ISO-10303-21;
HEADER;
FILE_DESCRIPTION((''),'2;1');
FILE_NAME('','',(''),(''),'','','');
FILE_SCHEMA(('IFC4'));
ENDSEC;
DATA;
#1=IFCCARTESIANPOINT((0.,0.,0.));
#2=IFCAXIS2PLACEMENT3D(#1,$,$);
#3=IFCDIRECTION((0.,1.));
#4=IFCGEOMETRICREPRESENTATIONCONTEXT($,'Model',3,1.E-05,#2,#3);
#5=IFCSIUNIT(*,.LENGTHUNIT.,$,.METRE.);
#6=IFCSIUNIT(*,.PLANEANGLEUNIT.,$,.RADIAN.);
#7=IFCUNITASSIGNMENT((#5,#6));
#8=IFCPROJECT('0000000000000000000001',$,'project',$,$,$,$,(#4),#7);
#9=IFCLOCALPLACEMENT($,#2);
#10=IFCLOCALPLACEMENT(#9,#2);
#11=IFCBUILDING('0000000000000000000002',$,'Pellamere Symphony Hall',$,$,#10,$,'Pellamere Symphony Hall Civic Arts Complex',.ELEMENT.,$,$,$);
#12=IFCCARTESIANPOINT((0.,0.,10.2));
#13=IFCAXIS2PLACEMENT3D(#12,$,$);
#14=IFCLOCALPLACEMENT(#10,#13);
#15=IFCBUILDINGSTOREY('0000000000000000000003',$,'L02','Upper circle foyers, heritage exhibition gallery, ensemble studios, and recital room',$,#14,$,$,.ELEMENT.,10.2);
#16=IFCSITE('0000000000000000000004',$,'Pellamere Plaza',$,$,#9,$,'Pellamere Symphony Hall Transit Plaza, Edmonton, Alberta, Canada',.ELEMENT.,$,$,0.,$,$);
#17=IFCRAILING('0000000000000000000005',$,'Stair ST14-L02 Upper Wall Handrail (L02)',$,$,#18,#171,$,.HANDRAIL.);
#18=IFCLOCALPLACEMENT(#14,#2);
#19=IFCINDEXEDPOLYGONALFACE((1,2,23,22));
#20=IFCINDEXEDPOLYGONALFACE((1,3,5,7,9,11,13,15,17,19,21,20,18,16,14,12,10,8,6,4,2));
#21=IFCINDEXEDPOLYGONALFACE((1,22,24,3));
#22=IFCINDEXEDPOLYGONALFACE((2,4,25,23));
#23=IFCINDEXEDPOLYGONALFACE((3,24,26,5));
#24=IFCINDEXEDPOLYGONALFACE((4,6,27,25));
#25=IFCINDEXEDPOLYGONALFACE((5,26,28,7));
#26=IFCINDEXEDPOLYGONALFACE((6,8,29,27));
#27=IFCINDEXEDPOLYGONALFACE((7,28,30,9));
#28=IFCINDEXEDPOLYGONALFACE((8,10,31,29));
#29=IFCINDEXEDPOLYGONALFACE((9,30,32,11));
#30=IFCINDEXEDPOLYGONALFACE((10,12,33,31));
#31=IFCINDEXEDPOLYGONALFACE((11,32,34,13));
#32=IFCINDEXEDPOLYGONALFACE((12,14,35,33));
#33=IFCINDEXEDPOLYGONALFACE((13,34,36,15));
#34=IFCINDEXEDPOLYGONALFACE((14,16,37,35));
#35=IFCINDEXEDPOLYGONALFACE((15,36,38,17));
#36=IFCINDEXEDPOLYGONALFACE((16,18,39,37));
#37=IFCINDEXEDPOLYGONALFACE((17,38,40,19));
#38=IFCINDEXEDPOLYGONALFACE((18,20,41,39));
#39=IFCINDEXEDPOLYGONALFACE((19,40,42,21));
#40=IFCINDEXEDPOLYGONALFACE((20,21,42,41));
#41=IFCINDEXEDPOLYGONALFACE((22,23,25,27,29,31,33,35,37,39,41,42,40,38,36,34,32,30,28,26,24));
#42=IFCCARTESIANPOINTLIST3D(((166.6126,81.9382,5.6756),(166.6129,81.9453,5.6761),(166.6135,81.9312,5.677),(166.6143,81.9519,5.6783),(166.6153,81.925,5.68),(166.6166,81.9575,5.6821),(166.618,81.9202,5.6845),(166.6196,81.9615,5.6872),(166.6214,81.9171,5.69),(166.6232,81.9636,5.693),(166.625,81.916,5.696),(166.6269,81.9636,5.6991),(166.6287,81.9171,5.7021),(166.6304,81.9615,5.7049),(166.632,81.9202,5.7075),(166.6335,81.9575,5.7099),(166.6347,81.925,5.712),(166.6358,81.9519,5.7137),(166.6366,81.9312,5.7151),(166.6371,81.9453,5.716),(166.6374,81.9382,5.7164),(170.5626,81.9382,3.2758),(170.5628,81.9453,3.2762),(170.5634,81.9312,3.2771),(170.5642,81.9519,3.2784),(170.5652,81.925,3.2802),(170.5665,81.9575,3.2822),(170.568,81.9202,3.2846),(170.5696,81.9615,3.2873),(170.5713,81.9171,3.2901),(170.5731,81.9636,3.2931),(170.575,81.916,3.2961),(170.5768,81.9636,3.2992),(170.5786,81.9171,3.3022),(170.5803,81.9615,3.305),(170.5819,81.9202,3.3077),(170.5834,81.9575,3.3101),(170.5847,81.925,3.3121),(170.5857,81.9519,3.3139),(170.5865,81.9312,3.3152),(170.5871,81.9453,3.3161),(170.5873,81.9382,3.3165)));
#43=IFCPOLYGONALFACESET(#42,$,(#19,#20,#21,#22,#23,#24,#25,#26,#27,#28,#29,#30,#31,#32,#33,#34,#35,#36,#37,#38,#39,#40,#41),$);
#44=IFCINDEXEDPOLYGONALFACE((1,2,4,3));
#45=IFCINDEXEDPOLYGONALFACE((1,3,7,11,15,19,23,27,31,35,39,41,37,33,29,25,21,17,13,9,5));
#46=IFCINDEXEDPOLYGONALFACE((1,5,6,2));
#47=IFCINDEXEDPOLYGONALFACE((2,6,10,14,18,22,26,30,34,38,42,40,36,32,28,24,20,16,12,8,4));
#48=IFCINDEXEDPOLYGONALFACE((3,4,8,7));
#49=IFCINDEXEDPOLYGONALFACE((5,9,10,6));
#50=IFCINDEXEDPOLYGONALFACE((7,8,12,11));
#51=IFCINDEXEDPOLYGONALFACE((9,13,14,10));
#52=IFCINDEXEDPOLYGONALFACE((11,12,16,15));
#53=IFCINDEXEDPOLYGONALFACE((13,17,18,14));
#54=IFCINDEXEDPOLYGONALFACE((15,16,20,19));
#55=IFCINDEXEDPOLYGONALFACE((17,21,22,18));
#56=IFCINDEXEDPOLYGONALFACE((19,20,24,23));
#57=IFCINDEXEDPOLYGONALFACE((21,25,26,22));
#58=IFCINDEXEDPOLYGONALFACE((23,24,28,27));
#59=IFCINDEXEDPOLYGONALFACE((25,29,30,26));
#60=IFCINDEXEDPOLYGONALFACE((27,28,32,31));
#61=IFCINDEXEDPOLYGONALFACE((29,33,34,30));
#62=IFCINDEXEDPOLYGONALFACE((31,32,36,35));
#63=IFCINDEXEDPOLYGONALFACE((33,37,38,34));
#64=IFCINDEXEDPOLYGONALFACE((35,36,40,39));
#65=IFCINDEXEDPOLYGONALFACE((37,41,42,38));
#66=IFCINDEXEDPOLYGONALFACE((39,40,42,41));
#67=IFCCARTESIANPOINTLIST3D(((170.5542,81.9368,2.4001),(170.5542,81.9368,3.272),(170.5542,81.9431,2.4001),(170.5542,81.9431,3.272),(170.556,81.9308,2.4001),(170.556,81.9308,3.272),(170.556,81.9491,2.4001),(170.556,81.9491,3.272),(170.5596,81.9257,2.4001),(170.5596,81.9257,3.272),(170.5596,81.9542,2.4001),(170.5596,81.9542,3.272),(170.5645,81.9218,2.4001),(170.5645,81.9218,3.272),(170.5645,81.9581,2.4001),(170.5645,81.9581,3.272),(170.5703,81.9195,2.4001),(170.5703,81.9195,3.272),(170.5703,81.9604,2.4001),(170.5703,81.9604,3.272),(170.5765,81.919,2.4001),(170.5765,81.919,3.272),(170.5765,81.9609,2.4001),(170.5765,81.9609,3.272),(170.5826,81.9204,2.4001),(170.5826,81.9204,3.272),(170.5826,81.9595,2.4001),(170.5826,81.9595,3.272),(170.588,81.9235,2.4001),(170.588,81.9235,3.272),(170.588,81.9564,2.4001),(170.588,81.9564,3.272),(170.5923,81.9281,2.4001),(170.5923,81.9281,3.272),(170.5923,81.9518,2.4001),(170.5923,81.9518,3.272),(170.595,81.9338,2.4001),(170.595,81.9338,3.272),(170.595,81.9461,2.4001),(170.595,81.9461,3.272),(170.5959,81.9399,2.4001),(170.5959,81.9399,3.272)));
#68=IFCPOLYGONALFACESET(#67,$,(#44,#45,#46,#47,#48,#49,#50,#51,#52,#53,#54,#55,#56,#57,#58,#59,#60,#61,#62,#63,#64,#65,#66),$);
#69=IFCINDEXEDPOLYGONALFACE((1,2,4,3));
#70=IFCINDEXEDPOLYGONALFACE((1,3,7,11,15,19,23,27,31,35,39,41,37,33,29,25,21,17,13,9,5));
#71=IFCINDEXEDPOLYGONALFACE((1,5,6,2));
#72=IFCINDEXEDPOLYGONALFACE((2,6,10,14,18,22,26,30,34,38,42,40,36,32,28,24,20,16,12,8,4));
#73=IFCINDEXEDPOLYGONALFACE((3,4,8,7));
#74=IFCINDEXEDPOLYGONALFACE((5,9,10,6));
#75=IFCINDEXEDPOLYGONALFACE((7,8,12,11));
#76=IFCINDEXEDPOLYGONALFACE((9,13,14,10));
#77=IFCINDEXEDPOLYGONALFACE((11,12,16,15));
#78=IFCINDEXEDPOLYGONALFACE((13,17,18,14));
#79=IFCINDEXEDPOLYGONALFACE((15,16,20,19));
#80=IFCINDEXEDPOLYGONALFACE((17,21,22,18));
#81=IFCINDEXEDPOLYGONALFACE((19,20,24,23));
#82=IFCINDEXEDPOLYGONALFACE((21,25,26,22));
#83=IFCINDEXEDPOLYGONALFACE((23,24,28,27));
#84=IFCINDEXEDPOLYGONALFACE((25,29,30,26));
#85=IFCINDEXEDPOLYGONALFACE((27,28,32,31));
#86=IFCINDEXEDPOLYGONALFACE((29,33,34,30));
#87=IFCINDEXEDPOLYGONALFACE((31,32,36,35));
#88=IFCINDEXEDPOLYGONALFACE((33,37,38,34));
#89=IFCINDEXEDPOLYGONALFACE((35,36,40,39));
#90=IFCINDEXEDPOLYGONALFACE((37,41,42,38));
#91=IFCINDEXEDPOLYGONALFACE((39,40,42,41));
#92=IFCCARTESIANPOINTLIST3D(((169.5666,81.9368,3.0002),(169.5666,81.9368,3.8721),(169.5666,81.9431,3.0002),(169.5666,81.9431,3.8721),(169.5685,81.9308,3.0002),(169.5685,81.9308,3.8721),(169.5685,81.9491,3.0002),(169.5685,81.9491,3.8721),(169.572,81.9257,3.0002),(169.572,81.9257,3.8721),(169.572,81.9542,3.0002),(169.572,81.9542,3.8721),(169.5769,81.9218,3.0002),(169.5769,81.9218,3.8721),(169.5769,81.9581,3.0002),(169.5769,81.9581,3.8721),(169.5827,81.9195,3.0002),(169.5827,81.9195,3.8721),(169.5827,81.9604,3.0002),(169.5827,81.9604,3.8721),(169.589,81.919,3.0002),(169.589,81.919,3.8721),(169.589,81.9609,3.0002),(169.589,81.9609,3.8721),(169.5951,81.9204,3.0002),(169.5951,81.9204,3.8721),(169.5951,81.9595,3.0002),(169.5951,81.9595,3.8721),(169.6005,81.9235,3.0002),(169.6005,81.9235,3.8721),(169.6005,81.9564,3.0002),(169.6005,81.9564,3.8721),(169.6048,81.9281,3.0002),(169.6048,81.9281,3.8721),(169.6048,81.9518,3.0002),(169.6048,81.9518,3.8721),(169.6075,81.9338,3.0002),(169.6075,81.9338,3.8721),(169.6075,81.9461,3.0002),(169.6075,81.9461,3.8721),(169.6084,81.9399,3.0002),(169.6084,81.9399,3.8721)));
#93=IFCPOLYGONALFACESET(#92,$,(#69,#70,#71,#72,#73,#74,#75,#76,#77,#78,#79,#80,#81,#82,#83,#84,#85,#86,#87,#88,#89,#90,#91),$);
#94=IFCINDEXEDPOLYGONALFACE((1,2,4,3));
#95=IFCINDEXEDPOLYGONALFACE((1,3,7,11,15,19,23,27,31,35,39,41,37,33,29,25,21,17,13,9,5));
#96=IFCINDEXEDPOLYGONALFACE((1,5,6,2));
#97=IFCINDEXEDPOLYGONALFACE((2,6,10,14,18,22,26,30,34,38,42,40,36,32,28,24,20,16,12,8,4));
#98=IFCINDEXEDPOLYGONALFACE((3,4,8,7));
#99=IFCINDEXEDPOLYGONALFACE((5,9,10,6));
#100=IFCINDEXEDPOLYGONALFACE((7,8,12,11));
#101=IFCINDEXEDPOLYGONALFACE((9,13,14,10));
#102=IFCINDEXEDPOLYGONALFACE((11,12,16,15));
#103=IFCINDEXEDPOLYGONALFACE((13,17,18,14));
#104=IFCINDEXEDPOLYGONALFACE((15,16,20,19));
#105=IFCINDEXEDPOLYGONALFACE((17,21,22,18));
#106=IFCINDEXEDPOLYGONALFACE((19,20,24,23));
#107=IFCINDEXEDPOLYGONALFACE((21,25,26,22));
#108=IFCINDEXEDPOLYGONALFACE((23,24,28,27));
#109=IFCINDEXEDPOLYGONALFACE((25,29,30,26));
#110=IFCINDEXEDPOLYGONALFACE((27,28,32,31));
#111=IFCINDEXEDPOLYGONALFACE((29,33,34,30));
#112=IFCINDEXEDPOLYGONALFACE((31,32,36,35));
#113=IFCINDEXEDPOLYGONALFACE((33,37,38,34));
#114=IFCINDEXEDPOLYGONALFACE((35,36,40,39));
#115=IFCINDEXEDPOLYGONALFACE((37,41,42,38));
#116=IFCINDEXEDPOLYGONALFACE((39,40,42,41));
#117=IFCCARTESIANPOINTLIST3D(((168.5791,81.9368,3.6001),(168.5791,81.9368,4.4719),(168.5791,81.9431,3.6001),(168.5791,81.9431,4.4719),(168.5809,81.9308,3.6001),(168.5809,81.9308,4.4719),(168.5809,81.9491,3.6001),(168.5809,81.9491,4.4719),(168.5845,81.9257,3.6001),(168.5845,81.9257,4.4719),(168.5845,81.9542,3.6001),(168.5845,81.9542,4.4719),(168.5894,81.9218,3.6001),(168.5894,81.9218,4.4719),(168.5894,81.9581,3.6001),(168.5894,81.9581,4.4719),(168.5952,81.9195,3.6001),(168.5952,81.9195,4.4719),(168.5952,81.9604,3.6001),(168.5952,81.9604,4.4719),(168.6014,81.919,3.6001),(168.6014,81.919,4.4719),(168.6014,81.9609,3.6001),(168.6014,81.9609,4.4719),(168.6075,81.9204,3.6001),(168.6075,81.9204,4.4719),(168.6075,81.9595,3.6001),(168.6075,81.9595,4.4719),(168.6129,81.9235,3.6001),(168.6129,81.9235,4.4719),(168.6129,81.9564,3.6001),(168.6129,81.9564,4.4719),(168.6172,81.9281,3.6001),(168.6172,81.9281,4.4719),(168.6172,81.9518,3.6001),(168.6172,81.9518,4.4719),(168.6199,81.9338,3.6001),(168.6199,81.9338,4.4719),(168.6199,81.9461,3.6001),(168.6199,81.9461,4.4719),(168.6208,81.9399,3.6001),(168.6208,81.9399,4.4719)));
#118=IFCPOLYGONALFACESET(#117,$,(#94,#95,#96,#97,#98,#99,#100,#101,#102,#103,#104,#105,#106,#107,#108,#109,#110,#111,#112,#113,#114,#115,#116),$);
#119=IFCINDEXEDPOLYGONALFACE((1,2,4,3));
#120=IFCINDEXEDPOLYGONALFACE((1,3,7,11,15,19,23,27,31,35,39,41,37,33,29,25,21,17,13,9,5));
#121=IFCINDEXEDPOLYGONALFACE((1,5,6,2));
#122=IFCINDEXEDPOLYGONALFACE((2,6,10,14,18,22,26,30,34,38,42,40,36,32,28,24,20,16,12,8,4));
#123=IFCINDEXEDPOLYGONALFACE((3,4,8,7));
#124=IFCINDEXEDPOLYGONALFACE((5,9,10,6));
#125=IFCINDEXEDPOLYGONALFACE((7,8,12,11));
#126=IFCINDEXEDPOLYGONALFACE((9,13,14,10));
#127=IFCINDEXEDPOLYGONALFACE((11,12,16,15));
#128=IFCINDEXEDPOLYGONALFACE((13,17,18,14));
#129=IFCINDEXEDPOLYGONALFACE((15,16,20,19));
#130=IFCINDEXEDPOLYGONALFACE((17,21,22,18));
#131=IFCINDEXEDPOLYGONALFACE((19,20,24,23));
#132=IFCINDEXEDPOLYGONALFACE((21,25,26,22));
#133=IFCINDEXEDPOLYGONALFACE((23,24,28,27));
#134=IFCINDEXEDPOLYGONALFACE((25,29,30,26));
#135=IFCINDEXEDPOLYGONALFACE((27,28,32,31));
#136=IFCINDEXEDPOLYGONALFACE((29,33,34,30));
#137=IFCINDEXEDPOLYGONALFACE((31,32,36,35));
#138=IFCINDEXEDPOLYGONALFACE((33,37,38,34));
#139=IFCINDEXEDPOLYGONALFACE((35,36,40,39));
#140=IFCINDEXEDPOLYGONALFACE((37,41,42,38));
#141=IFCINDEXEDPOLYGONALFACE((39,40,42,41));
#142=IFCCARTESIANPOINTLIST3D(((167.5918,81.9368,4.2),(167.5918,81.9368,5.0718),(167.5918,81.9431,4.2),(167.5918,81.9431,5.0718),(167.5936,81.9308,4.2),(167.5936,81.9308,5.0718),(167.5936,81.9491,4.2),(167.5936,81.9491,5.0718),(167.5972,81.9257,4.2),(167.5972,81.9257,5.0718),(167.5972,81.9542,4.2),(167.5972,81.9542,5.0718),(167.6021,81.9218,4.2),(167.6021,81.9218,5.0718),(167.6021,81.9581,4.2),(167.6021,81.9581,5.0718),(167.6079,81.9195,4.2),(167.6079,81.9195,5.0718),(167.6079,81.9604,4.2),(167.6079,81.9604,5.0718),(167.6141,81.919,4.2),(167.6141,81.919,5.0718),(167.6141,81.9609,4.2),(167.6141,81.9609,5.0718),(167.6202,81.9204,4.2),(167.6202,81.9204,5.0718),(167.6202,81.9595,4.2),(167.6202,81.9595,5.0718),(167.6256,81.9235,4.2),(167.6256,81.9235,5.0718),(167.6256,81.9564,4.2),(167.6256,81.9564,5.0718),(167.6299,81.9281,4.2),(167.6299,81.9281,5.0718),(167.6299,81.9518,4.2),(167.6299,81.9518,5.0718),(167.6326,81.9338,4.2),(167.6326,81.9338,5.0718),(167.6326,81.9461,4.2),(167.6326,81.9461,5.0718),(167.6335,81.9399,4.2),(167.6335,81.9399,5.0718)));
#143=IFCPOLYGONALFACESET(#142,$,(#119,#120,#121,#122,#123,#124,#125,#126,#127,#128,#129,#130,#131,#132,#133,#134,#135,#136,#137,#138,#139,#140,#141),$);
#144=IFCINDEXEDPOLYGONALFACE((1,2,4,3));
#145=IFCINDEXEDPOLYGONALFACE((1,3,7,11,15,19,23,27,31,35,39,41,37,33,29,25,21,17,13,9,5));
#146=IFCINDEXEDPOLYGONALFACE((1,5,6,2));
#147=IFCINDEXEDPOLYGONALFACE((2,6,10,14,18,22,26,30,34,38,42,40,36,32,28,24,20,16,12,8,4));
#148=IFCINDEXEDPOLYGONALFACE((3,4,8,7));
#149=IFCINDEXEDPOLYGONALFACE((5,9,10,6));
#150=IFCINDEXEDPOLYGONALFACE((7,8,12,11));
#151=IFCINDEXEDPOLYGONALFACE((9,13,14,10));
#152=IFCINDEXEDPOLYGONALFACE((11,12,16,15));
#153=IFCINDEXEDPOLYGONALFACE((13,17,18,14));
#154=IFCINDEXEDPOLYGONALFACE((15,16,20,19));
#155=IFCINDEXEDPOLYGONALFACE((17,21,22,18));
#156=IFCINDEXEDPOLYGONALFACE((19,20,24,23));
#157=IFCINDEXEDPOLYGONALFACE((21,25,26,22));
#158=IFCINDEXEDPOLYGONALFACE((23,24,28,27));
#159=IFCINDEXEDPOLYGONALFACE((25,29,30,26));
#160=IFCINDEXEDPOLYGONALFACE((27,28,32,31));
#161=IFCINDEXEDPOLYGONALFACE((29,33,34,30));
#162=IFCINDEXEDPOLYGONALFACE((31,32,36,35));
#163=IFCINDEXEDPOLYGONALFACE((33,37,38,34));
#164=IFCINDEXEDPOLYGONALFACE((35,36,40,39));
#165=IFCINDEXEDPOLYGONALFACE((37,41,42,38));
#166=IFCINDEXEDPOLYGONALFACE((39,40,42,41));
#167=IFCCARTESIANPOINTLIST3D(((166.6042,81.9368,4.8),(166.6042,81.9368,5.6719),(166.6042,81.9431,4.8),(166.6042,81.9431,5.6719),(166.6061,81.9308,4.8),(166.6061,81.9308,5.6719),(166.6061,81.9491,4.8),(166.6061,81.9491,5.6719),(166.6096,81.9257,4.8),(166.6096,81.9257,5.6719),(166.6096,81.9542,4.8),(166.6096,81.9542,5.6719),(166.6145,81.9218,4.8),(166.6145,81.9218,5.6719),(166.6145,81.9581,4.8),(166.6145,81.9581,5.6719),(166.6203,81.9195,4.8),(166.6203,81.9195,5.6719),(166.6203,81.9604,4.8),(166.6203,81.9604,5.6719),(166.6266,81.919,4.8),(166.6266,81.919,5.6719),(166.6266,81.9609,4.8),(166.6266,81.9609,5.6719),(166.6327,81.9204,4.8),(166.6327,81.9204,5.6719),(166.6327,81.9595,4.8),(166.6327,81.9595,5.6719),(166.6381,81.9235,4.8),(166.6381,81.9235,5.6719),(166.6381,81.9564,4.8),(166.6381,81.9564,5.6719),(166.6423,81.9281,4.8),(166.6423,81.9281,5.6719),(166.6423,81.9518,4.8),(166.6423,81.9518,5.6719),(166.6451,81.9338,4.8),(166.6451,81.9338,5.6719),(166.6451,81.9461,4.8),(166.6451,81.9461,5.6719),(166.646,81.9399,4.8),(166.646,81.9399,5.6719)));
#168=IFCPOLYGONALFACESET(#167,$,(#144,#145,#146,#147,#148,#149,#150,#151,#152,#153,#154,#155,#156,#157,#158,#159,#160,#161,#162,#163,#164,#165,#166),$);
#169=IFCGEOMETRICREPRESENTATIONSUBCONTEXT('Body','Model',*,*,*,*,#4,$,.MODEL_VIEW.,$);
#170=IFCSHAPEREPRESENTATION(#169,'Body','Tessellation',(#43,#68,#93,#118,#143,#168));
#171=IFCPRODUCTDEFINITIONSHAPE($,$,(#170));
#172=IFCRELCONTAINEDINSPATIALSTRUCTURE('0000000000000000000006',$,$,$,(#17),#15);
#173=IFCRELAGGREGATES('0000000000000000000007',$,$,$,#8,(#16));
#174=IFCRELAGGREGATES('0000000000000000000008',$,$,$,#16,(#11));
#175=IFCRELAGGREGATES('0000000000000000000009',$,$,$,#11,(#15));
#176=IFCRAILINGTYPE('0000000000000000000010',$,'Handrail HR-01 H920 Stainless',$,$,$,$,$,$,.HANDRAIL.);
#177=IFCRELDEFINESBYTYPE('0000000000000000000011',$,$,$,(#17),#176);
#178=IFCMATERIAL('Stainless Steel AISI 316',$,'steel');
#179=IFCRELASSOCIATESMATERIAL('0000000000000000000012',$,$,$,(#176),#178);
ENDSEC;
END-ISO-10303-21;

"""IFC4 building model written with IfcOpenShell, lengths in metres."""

from ifc_helpers import new_model, si_unit, direction, frame, origin, origin_2d, place, context, subcontext, project, spatial, circle, extrude, material, type_object, element, save


model = new_model("IFC4")

# Units and contexts
model_context = context("Model", 3, precision=1e-05, world=origin(), true_north=direction((0.0, 1.0)))
body_context = subcontext(model_context, "Body", "Model", "MODEL_VIEW")
ifc_project = project(units=[si_unit("LENGTHUNIT", "METRE"), si_unit("PLANEANGLEUNIT", "RADIAN")], contexts=[model_context])

# Site, building, storey
site_placement = place(None, origin())
site = spatial("IfcSite", under=ifc_project, at=site_placement, Name="Pellamere Plaza", LongName="Pellamere Symphony Hall Transit Plaza, Edmonton, Alberta, Canada", CompositionType="ELEMENT", RefElevation=0.0)
building_placement = place(site_placement, origin())
building = spatial("IfcBuilding", under=site, at=building_placement, Name="Pellamere Symphony Hall", LongName="Pellamere Symphony Hall Civic Arts Complex", CompositionType="ELEMENT")
storey_placement = place(building_placement, frame((0.0, 0.0, 10.2)))
storey = spatial("IfcBuildingStorey", under=building, at=storey_placement, Name="L02", Description="Upper circle foyers, heritage exhibition gallery, ensemble studios, and recital room", CompositionType="ELEMENT", Elevation=10.2)

# Railing
ifc_material_1 = material(Name="Stainless Steel AISI 316", Category="steel")
railing_type = type_object("IfcRailingType", Name="Handrail HR-01 H920 Stainless", PredefinedType="HANDRAIL", material=ifc_material_1)
railing_placement = place(storey_placement, frame((170.575, 81.9399, 2.4001)))
element("IfcRailing", 1, at=railing_placement, inside=storey, type_object=railing_type, Name="Stair ST14-L02 Upper Wall Handrail (L02)", PredefinedType="HANDRAIL", context=body_context, shape_type="SweptSolid", body=[
    extrude(circle(Radius=0.0239, at=origin_2d()), frame((0.0, 0.0, 0.896), z_axis=(-0.854623, 0.0, 0.51925), x_axis=(0.0, -1.0, 0.0)), (0.0, 0.0, 1.0), 4.6218),
    extrude(circle(Radius=0.021, at=origin_2d()), origin(), (0.0, 0.0, 1.0), 0.8718),
    extrude(circle(Radius=0.021, at=origin_2d()), frame((-0.9875, 0.0, 0.6001)), (0.0, 0.0, 1.0), 0.8718),
    extrude(circle(Radius=0.021, at=origin_2d()), frame((-1.9751, 0.0, 1.2)), (0.0, 0.0, 1.0), 0.8718),
    extrude(circle(Radius=0.021, at=origin_2d()), frame((-2.9624, 0.0, 1.7998)), (0.0, 0.0, 1.0), 0.8718),
    extrude(circle(Radius=0.021, at=origin_2d()), frame((-3.95, 0.0, 2.3999)), (0.0, 0.0, 1.0), 0.8718),
])

save(model, "model.ifc")
